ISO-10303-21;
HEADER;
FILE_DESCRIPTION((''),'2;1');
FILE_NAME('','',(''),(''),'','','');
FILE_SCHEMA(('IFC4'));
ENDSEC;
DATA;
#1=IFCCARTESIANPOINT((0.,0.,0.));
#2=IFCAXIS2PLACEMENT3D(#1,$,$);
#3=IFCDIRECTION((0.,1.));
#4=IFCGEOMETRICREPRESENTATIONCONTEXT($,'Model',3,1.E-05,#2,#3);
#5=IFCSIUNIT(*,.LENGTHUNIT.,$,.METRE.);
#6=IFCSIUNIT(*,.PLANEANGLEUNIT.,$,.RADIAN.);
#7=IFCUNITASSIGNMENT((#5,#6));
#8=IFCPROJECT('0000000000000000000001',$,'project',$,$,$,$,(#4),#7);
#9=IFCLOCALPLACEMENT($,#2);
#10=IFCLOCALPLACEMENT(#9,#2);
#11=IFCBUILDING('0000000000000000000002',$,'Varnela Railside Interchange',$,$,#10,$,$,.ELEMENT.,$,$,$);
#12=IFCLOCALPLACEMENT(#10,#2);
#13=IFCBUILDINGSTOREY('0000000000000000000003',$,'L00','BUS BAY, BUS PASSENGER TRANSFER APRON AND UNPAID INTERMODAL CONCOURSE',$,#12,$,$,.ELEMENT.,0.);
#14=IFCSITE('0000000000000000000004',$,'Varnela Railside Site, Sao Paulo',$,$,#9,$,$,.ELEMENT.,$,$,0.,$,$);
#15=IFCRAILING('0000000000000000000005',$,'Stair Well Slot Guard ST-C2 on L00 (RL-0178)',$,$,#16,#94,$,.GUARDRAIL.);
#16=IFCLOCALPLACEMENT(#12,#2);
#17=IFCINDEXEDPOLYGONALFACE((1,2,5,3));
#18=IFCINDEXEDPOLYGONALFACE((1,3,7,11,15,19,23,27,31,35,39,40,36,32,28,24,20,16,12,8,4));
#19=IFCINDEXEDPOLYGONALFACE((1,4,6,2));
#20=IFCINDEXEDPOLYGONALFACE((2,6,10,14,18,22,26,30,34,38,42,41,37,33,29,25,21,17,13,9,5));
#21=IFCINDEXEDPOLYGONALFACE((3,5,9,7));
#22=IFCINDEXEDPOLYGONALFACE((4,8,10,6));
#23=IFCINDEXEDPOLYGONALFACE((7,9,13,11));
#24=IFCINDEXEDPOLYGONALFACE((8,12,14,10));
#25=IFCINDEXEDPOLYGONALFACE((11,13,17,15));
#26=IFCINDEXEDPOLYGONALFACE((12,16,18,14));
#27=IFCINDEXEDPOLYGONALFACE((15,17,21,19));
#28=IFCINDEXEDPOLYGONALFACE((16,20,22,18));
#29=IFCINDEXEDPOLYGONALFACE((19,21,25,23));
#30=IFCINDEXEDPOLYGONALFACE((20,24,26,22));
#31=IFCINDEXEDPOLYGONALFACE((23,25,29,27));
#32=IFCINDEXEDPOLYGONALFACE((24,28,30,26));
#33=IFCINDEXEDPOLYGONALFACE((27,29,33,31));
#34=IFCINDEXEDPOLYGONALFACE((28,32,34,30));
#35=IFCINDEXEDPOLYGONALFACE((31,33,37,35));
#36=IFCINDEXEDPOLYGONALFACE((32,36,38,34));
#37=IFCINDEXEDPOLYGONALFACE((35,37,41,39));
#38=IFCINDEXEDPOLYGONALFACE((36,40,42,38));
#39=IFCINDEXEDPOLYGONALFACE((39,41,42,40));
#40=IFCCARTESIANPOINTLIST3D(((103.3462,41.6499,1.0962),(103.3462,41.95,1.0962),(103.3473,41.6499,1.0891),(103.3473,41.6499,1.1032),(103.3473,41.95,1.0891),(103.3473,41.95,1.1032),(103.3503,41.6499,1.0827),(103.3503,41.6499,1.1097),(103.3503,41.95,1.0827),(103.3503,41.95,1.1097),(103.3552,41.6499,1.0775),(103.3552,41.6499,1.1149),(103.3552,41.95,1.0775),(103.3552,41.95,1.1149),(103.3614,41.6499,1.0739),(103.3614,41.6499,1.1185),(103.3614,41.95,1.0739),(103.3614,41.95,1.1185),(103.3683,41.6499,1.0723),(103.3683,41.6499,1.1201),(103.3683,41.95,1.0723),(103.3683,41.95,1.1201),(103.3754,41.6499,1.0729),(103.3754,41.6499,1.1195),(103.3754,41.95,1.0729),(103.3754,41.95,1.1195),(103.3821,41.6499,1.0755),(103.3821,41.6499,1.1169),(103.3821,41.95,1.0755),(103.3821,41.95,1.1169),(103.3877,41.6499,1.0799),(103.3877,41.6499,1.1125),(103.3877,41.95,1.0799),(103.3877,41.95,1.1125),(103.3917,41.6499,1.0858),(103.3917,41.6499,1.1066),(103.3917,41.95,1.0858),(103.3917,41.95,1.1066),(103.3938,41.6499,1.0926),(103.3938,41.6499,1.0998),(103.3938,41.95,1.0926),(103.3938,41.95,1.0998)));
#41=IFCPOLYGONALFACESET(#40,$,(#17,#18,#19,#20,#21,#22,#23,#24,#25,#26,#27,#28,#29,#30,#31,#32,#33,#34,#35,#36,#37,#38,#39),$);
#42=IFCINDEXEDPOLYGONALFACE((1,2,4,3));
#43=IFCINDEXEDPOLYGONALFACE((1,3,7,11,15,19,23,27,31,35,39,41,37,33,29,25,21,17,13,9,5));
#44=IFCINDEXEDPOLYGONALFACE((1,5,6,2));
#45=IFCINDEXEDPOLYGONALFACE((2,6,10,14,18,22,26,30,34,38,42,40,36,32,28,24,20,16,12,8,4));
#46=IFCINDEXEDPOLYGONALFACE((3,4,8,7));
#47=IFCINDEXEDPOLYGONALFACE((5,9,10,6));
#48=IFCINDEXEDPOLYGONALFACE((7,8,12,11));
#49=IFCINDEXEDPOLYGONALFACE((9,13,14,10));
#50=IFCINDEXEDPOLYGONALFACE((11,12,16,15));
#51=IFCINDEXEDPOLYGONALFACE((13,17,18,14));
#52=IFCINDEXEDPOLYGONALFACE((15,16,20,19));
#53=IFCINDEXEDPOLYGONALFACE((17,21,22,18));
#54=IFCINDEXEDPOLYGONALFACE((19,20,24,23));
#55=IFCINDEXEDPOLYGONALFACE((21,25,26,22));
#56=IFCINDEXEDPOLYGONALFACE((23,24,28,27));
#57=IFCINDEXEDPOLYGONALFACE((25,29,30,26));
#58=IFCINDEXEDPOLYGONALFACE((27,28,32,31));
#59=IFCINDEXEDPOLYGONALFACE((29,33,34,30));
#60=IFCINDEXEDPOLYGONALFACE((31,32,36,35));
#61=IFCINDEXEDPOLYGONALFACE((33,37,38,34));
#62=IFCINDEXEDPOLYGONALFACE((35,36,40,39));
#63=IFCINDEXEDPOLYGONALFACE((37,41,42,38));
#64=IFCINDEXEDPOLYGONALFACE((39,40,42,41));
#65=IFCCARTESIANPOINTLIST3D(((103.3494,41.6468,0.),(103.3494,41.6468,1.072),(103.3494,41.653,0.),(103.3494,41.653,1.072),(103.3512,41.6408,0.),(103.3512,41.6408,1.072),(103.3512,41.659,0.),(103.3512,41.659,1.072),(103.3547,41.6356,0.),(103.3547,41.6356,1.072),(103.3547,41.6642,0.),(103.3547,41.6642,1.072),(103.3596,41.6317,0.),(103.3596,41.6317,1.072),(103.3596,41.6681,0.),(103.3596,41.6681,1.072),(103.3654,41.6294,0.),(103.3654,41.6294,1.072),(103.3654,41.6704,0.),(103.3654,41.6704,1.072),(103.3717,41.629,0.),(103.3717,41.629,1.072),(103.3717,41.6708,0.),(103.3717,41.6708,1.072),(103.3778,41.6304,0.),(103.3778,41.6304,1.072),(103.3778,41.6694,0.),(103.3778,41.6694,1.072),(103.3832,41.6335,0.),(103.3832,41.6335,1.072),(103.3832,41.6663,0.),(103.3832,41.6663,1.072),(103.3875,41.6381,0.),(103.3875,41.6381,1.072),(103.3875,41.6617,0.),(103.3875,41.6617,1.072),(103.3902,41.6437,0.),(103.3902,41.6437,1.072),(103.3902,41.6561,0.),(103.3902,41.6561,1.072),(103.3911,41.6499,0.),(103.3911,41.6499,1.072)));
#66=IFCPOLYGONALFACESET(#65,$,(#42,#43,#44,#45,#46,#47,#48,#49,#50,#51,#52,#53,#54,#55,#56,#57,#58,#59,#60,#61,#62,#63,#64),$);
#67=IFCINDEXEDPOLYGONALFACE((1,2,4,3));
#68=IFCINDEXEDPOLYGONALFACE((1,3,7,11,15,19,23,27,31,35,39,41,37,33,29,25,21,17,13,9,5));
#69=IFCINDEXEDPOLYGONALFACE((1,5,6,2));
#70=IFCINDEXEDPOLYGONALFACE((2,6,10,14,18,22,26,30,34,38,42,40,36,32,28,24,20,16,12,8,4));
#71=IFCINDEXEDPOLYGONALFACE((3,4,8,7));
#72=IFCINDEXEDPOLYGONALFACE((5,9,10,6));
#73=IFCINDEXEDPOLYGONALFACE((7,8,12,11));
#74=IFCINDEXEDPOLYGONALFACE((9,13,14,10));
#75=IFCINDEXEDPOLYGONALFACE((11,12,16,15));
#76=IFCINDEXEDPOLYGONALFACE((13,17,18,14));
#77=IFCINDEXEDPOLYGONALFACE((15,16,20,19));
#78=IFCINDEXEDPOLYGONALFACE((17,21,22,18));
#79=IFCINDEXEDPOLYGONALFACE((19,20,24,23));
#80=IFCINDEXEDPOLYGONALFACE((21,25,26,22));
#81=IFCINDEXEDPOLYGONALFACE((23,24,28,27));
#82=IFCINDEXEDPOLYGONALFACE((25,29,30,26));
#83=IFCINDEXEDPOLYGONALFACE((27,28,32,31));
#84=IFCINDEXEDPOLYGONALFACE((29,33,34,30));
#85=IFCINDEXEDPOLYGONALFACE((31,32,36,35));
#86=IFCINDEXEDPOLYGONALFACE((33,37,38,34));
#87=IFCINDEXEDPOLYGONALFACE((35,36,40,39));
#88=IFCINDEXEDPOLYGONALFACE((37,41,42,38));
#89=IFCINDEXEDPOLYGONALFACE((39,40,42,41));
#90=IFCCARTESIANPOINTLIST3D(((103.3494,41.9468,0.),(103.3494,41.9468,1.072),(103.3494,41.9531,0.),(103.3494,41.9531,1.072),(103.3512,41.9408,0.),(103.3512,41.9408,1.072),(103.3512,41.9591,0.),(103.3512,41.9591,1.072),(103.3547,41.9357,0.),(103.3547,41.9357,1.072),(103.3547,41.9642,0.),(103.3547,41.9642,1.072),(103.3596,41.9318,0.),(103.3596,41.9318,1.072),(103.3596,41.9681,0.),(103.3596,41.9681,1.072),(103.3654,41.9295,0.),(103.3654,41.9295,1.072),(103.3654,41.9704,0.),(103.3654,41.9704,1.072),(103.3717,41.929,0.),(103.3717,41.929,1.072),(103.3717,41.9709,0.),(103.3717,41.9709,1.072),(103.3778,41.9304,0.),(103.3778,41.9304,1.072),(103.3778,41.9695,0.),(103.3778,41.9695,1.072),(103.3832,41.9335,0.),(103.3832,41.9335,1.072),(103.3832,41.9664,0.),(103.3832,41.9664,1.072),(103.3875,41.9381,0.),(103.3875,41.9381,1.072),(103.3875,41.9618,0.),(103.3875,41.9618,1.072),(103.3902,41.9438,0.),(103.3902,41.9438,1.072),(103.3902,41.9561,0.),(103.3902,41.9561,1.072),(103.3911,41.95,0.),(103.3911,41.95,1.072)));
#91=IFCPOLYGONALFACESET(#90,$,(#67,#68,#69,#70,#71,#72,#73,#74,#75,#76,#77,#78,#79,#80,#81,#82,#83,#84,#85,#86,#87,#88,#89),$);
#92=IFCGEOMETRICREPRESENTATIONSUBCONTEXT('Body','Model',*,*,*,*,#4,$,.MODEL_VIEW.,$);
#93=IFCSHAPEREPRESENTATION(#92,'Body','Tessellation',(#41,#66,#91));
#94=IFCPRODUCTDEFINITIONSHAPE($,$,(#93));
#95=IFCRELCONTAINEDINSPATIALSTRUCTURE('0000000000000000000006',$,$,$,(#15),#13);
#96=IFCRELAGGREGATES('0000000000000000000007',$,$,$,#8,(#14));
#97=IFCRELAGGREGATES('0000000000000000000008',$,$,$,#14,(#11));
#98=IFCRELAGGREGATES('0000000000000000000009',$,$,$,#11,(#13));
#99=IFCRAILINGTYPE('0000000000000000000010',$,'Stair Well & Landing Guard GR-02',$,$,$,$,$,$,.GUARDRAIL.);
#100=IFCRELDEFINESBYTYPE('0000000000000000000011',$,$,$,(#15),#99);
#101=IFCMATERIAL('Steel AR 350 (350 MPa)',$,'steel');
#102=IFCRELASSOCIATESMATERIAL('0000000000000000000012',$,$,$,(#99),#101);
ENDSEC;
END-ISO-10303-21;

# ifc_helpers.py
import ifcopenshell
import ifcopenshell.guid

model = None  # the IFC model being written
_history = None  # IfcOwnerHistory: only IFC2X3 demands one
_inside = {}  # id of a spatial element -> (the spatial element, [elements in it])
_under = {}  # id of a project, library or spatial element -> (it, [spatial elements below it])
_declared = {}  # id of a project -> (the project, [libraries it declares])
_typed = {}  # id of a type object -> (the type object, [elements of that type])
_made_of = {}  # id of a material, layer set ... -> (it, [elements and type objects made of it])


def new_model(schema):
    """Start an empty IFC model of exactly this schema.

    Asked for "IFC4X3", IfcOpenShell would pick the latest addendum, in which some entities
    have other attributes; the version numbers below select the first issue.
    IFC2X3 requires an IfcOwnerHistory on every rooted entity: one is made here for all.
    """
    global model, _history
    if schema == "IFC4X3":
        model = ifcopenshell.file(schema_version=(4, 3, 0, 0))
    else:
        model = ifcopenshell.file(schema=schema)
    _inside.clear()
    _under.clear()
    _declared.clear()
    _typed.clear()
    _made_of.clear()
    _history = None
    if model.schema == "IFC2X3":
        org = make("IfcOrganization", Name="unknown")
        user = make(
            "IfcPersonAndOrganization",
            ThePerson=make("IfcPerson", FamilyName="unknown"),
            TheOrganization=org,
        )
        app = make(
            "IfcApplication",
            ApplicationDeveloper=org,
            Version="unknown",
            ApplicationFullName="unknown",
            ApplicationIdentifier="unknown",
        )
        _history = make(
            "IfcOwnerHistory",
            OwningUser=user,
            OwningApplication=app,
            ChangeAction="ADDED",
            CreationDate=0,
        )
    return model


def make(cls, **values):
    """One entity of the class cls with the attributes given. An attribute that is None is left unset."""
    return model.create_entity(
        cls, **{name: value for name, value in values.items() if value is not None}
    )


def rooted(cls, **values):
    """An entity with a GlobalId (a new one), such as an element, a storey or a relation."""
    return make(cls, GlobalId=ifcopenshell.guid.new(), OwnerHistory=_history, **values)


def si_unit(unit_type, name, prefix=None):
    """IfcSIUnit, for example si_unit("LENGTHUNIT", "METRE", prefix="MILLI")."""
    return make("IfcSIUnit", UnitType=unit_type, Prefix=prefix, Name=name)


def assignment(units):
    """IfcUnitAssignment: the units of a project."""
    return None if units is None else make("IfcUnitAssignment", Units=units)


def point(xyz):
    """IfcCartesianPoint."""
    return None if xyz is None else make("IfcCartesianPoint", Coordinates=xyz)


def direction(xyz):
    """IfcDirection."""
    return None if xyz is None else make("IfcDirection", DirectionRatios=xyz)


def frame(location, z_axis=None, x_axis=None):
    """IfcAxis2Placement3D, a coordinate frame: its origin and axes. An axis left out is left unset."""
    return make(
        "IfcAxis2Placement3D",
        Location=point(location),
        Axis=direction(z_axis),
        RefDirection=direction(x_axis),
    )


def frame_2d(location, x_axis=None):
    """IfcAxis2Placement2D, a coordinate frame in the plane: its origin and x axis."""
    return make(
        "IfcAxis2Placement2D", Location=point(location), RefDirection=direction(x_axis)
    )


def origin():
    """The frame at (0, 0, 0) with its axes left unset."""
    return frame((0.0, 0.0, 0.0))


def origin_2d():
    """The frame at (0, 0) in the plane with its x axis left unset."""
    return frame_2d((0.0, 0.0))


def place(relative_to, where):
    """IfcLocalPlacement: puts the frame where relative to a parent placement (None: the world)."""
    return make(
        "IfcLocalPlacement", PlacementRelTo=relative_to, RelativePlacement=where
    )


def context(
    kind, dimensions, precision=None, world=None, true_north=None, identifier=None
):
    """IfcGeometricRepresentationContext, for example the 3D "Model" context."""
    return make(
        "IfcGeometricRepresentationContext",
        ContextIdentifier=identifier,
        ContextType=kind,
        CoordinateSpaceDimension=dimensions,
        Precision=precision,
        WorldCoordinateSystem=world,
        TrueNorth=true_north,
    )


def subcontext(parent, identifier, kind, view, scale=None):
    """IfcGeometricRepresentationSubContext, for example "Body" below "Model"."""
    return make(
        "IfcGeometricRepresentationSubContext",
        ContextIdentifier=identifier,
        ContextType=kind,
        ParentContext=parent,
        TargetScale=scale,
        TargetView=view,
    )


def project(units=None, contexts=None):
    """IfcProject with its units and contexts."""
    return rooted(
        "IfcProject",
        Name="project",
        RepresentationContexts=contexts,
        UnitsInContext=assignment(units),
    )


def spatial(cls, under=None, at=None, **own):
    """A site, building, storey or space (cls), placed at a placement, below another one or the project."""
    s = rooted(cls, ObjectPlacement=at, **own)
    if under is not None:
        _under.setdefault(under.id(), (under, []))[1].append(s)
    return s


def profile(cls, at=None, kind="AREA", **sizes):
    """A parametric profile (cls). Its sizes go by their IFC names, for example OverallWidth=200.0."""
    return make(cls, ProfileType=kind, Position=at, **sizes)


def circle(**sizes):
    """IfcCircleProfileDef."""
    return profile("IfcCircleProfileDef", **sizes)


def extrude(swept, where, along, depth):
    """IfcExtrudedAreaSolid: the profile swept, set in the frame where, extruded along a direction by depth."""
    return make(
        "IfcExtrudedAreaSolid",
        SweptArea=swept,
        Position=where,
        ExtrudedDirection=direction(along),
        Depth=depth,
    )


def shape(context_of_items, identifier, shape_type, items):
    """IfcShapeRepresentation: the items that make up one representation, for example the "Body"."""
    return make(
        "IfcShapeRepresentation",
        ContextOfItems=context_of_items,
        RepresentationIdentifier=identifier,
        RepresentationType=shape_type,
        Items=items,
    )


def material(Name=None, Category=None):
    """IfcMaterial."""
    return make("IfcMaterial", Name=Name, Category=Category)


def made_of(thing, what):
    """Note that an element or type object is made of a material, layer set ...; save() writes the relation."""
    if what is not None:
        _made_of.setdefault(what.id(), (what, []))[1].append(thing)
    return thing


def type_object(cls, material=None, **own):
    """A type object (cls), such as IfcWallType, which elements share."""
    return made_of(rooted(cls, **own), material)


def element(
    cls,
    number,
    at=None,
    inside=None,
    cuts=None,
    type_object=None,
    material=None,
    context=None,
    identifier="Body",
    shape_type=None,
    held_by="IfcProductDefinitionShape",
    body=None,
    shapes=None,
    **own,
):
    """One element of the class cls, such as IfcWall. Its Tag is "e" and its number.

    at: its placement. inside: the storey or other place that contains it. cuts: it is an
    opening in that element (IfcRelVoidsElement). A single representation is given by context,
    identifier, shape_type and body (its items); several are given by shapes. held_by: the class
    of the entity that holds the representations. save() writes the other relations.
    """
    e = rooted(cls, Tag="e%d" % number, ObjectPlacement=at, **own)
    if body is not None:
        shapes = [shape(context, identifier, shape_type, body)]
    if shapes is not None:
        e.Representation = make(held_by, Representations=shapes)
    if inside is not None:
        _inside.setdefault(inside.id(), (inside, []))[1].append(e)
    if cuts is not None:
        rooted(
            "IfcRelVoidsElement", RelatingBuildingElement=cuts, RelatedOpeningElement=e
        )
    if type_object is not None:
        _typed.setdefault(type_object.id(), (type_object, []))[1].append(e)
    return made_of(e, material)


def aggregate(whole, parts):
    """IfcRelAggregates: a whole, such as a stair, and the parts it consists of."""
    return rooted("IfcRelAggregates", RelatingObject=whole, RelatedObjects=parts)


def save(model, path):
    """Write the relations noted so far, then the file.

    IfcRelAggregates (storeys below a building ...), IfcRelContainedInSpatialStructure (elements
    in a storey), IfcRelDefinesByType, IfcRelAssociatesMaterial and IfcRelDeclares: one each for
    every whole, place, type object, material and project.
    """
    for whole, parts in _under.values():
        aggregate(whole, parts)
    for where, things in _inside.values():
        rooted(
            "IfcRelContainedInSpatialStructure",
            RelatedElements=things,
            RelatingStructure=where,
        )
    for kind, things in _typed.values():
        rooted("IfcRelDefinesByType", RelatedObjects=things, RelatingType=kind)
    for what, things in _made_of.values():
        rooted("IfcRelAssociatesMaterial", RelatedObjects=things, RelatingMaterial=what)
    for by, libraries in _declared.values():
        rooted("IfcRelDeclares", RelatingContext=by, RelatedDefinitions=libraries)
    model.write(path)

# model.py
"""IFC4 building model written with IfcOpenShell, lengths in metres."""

from ifc_helpers import new_model, si_unit, direction, frame, origin, origin_2d, place, context, subcontext, project, spatial, circle, extrude, material, type_object, element, save


model = new_model("IFC4")

# Units and contexts
model_context = context("Model", 3, precision=1e-05, world=origin(), true_north=direction((0.0, 1.0)))
body_context = subcontext(model_context, "Body", "Model", "MODEL_VIEW")
ifc_project = project(units=[si_unit("LENGTHUNIT", "METRE"), si_unit("PLANEANGLEUNIT", "RADIAN")], contexts=[model_context])

# Site, building, storey
site_placement = place(None, origin())
site = spatial("IfcSite", under=ifc_project, at=site_placement, Name="Varnela Railside Site, Sao Paulo", CompositionType="ELEMENT", RefElevation=0.0)
building_placement = place(site_placement, origin())
building = spatial("IfcBuilding", under=site, at=building_placement, Name="Varnela Railside Interchange", CompositionType="ELEMENT")
storey_placement = place(building_placement, origin())
storey = spatial("IfcBuildingStorey", under=building, at=storey_placement, Name="L00", Description="BUS BAY, BUS PASSENGER TRANSFER APRON AND UNPAID INTERMODAL CONCOURSE", CompositionType="ELEMENT", Elevation=0.0)

# Shared definitions
ifc_material_1 = material(Name="Steel AR 350 (350 MPa)", Category="steel")

# Railing
railing_type_1 = type_object("IfcRailingType", Name="Stair Well & Landing Guard GR-02", PredefinedType="GUARDRAIL", material=ifc_material_1)
railing_1_placement = place(storey_placement, frame((103.3701, 41.6499, 0.0)))
element("IfcRailing", 1, at=railing_1_placement, inside=storey, type_object=railing_type_1, Name="Stair Well Slot Guard ST-C2 on L00 (RL-0178)", PredefinedType="GUARDRAIL", context=body_context, shape_type="SweptSolid", body=[
    extrude(circle(Radius=0.0239, at=origin_2d()), frame((0.0, 0.0, 1.0962), z_axis=(0.0, 1.0, 0.0), x_axis=(-1.0, 0.0, 0.0)), (0.0, 0.0, 1.0), 0.3),
    extrude(circle(Radius=0.021, at=origin_2d()), origin(), (0.0, 0.0, 1.0), 1.072),
    extrude(circle(Radius=0.021, at=origin_2d()), frame((0.0, 0.3, 0.0)), (0.0, 0.0, 1.0), 1.072),
])

save(model, "model.ifc")
